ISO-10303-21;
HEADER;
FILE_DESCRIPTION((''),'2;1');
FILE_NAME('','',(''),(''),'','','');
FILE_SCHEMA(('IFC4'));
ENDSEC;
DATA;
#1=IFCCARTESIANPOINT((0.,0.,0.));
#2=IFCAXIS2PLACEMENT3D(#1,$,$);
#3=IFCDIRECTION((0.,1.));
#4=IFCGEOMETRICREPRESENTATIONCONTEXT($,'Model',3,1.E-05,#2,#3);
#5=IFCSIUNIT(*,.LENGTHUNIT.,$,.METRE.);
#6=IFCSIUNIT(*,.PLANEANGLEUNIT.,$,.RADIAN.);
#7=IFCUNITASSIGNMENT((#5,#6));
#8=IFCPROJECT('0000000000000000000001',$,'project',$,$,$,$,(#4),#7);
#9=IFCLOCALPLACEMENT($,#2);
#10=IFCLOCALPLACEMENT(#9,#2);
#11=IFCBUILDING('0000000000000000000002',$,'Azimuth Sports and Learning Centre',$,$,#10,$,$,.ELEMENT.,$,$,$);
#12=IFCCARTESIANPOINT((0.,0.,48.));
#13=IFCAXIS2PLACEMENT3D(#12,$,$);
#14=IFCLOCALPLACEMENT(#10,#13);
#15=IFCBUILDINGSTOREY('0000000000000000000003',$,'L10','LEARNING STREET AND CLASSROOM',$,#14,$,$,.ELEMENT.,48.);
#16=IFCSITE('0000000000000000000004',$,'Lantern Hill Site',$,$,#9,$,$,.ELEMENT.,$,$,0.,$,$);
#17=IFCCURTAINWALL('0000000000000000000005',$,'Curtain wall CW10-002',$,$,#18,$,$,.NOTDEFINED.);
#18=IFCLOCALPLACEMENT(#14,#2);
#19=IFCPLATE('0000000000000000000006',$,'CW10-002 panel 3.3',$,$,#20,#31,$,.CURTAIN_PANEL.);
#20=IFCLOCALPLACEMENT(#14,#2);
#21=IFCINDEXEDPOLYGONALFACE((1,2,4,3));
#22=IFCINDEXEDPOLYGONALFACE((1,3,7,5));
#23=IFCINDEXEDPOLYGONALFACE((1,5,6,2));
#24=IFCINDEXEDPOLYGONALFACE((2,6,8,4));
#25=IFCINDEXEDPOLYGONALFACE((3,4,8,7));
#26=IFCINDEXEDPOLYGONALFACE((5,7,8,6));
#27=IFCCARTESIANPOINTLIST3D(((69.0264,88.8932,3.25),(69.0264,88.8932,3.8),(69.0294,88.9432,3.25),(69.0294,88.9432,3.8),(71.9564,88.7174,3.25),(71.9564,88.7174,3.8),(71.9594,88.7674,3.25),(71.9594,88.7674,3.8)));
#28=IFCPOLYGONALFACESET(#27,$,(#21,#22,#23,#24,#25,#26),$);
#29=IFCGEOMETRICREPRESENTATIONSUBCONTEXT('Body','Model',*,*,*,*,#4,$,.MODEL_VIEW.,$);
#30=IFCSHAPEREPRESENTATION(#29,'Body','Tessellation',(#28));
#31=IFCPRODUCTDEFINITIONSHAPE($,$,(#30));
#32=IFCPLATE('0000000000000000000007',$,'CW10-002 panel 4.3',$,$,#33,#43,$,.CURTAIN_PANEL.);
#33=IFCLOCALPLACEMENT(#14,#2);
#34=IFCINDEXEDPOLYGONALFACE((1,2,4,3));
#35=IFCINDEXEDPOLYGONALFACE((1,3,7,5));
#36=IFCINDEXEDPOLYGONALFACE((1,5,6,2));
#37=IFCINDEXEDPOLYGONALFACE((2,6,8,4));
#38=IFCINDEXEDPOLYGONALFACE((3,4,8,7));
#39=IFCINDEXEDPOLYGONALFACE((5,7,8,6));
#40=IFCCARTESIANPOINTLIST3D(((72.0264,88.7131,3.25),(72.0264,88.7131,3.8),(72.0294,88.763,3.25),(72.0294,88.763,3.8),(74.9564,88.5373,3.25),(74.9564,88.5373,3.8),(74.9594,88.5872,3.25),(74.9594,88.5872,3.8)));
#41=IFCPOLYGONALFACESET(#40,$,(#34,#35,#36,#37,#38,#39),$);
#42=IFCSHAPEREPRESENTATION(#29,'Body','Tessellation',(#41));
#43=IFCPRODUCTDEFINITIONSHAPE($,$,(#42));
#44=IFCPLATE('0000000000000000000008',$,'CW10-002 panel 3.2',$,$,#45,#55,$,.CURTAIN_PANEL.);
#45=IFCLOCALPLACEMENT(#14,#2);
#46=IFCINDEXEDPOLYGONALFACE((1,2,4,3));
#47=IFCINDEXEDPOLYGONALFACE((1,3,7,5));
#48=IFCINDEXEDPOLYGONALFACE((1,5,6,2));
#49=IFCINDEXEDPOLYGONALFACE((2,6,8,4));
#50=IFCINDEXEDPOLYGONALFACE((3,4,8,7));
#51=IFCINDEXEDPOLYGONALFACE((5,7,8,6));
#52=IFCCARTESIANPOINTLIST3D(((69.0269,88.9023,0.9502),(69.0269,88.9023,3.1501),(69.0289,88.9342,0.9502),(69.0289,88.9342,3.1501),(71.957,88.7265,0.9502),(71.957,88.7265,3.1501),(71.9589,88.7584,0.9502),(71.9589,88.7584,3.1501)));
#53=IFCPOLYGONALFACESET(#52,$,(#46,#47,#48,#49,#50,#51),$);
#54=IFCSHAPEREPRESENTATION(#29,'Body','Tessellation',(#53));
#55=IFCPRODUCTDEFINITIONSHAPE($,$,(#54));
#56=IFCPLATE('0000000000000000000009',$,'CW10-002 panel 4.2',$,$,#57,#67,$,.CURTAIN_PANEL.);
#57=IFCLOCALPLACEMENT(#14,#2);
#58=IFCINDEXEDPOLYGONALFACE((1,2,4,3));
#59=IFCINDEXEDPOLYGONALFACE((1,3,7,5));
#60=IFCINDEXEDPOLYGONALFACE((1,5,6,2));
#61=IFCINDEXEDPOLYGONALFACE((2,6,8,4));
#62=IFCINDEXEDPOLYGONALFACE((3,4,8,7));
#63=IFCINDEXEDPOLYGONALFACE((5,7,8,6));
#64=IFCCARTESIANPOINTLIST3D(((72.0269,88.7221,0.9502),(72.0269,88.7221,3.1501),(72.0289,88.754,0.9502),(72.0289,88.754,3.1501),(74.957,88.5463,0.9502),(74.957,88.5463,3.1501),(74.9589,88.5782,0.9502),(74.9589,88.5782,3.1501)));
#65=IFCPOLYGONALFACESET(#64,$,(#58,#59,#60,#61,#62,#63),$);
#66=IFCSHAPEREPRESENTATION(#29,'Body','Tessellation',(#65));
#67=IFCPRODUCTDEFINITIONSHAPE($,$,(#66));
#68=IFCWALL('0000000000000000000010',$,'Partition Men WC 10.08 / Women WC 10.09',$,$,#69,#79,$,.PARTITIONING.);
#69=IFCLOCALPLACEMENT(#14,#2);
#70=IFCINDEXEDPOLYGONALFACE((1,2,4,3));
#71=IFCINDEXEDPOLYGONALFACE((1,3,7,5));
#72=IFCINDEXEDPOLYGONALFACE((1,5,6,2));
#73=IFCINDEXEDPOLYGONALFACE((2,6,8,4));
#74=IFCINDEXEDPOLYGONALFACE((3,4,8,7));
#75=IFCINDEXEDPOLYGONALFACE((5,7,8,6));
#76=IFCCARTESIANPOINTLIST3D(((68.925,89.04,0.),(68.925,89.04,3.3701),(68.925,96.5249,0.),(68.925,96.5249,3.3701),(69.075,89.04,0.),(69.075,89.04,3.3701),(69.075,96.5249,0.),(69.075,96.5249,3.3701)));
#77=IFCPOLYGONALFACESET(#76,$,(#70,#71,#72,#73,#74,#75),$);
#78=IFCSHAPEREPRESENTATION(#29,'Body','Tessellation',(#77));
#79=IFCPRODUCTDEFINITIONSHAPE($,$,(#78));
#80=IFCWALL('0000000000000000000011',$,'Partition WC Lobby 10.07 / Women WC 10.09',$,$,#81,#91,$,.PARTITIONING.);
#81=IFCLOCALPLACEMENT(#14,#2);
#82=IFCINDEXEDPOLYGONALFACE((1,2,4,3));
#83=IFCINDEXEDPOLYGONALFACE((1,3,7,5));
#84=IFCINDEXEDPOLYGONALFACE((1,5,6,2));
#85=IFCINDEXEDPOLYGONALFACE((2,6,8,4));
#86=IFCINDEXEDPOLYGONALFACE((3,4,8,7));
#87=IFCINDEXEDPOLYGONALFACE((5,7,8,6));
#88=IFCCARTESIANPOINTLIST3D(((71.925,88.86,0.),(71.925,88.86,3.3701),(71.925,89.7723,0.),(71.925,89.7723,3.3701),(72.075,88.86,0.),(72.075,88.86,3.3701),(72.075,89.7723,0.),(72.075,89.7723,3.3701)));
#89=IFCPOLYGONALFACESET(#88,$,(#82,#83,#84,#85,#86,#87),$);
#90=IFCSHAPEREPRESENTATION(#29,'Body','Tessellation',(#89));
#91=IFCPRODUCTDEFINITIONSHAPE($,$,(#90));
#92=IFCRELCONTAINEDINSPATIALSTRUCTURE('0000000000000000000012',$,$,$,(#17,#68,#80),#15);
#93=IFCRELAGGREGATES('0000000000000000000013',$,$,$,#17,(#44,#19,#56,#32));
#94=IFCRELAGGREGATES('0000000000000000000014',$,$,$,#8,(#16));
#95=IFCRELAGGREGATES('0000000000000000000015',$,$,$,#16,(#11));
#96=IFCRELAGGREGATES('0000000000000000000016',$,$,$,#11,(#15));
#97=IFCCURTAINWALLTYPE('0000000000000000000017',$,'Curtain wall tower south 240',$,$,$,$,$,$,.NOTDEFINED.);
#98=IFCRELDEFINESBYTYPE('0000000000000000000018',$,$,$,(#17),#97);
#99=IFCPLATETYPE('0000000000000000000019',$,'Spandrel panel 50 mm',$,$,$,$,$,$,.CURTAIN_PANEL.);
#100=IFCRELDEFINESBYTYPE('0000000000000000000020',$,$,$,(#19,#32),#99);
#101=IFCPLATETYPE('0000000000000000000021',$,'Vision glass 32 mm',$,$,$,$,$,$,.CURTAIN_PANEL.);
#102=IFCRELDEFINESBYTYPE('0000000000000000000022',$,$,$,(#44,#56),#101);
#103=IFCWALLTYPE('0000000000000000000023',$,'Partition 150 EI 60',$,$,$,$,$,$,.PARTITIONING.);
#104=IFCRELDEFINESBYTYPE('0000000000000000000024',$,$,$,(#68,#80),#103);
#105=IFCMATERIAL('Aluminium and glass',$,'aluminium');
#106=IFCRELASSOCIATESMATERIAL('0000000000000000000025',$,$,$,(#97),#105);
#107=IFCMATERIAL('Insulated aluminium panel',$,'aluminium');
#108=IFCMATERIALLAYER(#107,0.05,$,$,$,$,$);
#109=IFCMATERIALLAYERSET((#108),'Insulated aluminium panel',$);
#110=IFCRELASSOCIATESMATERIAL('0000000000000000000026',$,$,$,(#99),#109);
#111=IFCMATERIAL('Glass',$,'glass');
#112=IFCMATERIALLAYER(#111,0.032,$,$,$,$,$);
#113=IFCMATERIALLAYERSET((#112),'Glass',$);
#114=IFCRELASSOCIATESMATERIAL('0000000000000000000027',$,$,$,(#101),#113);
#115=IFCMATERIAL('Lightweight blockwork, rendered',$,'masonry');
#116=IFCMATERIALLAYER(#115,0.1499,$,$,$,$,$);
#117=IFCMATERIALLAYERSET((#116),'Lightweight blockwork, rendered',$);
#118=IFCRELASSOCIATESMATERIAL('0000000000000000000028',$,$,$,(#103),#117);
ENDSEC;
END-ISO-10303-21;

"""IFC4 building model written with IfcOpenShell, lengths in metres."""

from ifc_helpers import new_model, si_unit, direction, frame, frame_2d, origin, origin_2d, place, context, subcontext, project, spatial, rectangle, extrude, material, layer, layer_set, type_object, element, aggregate, save


model = new_model("IFC4")

# Units and contexts
model_context = context("Model", 3, precision=1e-05, world=origin(), true_north=direction((0.0, 1.0)))
body_context = subcontext(model_context, "Body", "Model", "MODEL_VIEW")
ifc_project = project(units=[si_unit("LENGTHUNIT", "METRE"), si_unit("PLANEANGLEUNIT", "RADIAN")], contexts=[model_context])

# Site, building, storey
site_placement = place(None, origin())
site = spatial("IfcSite", under=ifc_project, at=site_placement, Name="Lantern Hill Site", CompositionType="ELEMENT", RefElevation=0.0)
building_placement = place(site_placement, origin())
building = spatial("IfcBuilding", under=site, at=building_placement, Name="Azimuth Sports and Learning Centre", CompositionType="ELEMENT")
storey_placement = place(building_placement, frame((0.0, 0.0, 48.0)))
storey = spatial("IfcBuildingStorey", under=building, at=storey_placement, Name="L10", Description="LEARNING STREET AND CLASSROOM", CompositionType="ELEMENT", Elevation=48.0)

# Curtain wall, plates
ifc_material_1 = material(Name="Aluminium and glass", Category="aluminium")
curtain_wall_type = type_object("IfcCurtainWallType", Name="Curtain wall tower south 240", PredefinedType="NOTDEFINED", material=ifc_material_1)
curtain_wall_placement = place(storey_placement, origin())
curtain_wall = element("IfcCurtainWall", 1, at=curtain_wall_placement, inside=storey, type_object=curtain_wall_type, Name="Curtain wall CW10-002", PredefinedType="NOTDEFINED")
ifc_material_2 = material(Name="Insulated aluminium panel", Category="aluminium")
ifc_layer_1 = layer(ifc_material_2, 0.05)
ifc_layer_set_1 = layer_set([ifc_layer_1], Name="Insulated aluminium panel")
plate_type_1 = type_object("IfcPlateType", Name="Spandrel panel 50 mm", PredefinedType="CURTAIN_PANEL", material=ifc_layer_set_1)
plate_1_placement = place(storey_placement, frame((70.4929, 88.8303, 3.25), z_axis=(0.0, 0.0, 1.0), x_axis=(0.998205, -0.059892, 0.0)))
plate_1 = element("IfcPlate", 2, at=plate_1_placement, type_object=plate_type_1, Name="CW10-002 panel 3.3", PredefinedType="CURTAIN_PANEL", context=body_context, shape_type="SweptSolid", body=[
    extrude(rectangle(XDim=2.9353, YDim=0.05, at=origin_2d()), origin(), (0.0, 0.0, 1.0), 0.55),
])
plate_2_placement = place(storey_placement, frame((73.4929, 88.6501, 3.25), z_axis=(0.0, 0.0, 1.0), x_axis=(0.998205, -0.059892, 0.0)))
plate_2 = element("IfcPlate", 3, at=plate_2_placement, type_object=plate_type_1, Name="CW10-002 panel 4.3", PredefinedType="CURTAIN_PANEL", context=body_context, shape_type="SweptSolid", body=[
    extrude(rectangle(XDim=2.9353, YDim=0.05, at=origin_2d()), origin(), (0.0, 0.0, 1.0), 0.55),
])
ifc_material_3 = material(Name="Glass", Category="glass")
ifc_layer_2 = layer(ifc_material_3, 0.032)
ifc_layer_set_2 = layer_set([ifc_layer_2], Name="Glass")
plate_type_2 = type_object("IfcPlateType", Name="Vision glass 32 mm", PredefinedType="CURTAIN_PANEL", material=ifc_layer_set_2)
plate_3_placement = place(storey_placement, frame((70.4929, 88.8303, 0.9502), z_axis=(0.0, 0.0, 1.0), x_axis=(0.998205, -0.059892, 0.0)))
plate_3 = element("IfcPlate", 4, at=plate_3_placement, type_object=plate_type_2, Name="CW10-002 panel 3.2", PredefinedType="CURTAIN_PANEL", context=body_context, shape_type="SweptSolid", body=[
    extrude(rectangle(XDim=2.9353, YDim=0.032, at=origin_2d()), origin(), (0.0, 0.0, 1.0), 2.2),
])
plate_4_placement = place(storey_placement, frame((73.4929, 88.6501, 0.9502), z_axis=(0.0, 0.0, 1.0), x_axis=(0.998205, -0.059892, 0.0)))
plate_4 = element("IfcPlate", 5, at=plate_4_placement, type_object=plate_type_2, Name="CW10-002 panel 4.2", PredefinedType="CURTAIN_PANEL", context=body_context, shape_type="SweptSolid", body=[
    extrude(rectangle(XDim=2.9353, YDim=0.032, at=origin_2d()), origin(), (0.0, 0.0, 1.0), 2.2),
])
aggregate(curtain_wall, [plate_3, plate_1, plate_4, plate_2])

# Walls
ifc_material_4 = material(Name="Lightweight blockwork, rendered", Category="masonry")
ifc_layer_3 = layer(ifc_material_4, 0.1499)
ifc_layer_set_3 = layer_set([ifc_layer_3], Name="Lightweight blockwork, rendered")
wall_type = type_object("IfcWallType", Name="Partition 150 EI 60", PredefinedType="PARTITIONING", material=ifc_layer_set_3)
wall_1_placement = place(storey_placement, frame((69.0, 89.04, 0.0), z_axis=(0.0, 0.0, 1.0), x_axis=(0.0, 1.0, 0.0)))
element("IfcWall", 6, at=wall_1_placement, inside=storey, type_object=wall_type, Name="Partition Men WC 10.08 / Women WC 10.09", PredefinedType="PARTITIONING", context=body_context, shape_type="SweptSolid", body=[
    extrude(rectangle(XDim=7.4849, YDim=0.1499, at=frame_2d((3.7424, 0.0))), origin(), (0.0, 0.0, 1.0), 3.3701),
])
wall_2_placement = place(storey_placement, frame((72.0, 88.8601, 0.0), z_axis=(0.0, 0.0, 1.0), x_axis=(0.0, 1.0, 0.0)))
element("IfcWall", 7, at=wall_2_placement, inside=storey, type_object=wall_type, Name="Partition WC Lobby 10.07 / Women WC 10.09", PredefinedType="PARTITIONING", context=body_context, shape_type="SweptSolid", body=[
    extrude(rectangle(XDim=0.9124, YDim=0.1499, at=frame_2d((0.4561, 0.0))), origin(), (0.0, 0.0, 1.0), 3.3701),
])

save(model, "model.ifc")
